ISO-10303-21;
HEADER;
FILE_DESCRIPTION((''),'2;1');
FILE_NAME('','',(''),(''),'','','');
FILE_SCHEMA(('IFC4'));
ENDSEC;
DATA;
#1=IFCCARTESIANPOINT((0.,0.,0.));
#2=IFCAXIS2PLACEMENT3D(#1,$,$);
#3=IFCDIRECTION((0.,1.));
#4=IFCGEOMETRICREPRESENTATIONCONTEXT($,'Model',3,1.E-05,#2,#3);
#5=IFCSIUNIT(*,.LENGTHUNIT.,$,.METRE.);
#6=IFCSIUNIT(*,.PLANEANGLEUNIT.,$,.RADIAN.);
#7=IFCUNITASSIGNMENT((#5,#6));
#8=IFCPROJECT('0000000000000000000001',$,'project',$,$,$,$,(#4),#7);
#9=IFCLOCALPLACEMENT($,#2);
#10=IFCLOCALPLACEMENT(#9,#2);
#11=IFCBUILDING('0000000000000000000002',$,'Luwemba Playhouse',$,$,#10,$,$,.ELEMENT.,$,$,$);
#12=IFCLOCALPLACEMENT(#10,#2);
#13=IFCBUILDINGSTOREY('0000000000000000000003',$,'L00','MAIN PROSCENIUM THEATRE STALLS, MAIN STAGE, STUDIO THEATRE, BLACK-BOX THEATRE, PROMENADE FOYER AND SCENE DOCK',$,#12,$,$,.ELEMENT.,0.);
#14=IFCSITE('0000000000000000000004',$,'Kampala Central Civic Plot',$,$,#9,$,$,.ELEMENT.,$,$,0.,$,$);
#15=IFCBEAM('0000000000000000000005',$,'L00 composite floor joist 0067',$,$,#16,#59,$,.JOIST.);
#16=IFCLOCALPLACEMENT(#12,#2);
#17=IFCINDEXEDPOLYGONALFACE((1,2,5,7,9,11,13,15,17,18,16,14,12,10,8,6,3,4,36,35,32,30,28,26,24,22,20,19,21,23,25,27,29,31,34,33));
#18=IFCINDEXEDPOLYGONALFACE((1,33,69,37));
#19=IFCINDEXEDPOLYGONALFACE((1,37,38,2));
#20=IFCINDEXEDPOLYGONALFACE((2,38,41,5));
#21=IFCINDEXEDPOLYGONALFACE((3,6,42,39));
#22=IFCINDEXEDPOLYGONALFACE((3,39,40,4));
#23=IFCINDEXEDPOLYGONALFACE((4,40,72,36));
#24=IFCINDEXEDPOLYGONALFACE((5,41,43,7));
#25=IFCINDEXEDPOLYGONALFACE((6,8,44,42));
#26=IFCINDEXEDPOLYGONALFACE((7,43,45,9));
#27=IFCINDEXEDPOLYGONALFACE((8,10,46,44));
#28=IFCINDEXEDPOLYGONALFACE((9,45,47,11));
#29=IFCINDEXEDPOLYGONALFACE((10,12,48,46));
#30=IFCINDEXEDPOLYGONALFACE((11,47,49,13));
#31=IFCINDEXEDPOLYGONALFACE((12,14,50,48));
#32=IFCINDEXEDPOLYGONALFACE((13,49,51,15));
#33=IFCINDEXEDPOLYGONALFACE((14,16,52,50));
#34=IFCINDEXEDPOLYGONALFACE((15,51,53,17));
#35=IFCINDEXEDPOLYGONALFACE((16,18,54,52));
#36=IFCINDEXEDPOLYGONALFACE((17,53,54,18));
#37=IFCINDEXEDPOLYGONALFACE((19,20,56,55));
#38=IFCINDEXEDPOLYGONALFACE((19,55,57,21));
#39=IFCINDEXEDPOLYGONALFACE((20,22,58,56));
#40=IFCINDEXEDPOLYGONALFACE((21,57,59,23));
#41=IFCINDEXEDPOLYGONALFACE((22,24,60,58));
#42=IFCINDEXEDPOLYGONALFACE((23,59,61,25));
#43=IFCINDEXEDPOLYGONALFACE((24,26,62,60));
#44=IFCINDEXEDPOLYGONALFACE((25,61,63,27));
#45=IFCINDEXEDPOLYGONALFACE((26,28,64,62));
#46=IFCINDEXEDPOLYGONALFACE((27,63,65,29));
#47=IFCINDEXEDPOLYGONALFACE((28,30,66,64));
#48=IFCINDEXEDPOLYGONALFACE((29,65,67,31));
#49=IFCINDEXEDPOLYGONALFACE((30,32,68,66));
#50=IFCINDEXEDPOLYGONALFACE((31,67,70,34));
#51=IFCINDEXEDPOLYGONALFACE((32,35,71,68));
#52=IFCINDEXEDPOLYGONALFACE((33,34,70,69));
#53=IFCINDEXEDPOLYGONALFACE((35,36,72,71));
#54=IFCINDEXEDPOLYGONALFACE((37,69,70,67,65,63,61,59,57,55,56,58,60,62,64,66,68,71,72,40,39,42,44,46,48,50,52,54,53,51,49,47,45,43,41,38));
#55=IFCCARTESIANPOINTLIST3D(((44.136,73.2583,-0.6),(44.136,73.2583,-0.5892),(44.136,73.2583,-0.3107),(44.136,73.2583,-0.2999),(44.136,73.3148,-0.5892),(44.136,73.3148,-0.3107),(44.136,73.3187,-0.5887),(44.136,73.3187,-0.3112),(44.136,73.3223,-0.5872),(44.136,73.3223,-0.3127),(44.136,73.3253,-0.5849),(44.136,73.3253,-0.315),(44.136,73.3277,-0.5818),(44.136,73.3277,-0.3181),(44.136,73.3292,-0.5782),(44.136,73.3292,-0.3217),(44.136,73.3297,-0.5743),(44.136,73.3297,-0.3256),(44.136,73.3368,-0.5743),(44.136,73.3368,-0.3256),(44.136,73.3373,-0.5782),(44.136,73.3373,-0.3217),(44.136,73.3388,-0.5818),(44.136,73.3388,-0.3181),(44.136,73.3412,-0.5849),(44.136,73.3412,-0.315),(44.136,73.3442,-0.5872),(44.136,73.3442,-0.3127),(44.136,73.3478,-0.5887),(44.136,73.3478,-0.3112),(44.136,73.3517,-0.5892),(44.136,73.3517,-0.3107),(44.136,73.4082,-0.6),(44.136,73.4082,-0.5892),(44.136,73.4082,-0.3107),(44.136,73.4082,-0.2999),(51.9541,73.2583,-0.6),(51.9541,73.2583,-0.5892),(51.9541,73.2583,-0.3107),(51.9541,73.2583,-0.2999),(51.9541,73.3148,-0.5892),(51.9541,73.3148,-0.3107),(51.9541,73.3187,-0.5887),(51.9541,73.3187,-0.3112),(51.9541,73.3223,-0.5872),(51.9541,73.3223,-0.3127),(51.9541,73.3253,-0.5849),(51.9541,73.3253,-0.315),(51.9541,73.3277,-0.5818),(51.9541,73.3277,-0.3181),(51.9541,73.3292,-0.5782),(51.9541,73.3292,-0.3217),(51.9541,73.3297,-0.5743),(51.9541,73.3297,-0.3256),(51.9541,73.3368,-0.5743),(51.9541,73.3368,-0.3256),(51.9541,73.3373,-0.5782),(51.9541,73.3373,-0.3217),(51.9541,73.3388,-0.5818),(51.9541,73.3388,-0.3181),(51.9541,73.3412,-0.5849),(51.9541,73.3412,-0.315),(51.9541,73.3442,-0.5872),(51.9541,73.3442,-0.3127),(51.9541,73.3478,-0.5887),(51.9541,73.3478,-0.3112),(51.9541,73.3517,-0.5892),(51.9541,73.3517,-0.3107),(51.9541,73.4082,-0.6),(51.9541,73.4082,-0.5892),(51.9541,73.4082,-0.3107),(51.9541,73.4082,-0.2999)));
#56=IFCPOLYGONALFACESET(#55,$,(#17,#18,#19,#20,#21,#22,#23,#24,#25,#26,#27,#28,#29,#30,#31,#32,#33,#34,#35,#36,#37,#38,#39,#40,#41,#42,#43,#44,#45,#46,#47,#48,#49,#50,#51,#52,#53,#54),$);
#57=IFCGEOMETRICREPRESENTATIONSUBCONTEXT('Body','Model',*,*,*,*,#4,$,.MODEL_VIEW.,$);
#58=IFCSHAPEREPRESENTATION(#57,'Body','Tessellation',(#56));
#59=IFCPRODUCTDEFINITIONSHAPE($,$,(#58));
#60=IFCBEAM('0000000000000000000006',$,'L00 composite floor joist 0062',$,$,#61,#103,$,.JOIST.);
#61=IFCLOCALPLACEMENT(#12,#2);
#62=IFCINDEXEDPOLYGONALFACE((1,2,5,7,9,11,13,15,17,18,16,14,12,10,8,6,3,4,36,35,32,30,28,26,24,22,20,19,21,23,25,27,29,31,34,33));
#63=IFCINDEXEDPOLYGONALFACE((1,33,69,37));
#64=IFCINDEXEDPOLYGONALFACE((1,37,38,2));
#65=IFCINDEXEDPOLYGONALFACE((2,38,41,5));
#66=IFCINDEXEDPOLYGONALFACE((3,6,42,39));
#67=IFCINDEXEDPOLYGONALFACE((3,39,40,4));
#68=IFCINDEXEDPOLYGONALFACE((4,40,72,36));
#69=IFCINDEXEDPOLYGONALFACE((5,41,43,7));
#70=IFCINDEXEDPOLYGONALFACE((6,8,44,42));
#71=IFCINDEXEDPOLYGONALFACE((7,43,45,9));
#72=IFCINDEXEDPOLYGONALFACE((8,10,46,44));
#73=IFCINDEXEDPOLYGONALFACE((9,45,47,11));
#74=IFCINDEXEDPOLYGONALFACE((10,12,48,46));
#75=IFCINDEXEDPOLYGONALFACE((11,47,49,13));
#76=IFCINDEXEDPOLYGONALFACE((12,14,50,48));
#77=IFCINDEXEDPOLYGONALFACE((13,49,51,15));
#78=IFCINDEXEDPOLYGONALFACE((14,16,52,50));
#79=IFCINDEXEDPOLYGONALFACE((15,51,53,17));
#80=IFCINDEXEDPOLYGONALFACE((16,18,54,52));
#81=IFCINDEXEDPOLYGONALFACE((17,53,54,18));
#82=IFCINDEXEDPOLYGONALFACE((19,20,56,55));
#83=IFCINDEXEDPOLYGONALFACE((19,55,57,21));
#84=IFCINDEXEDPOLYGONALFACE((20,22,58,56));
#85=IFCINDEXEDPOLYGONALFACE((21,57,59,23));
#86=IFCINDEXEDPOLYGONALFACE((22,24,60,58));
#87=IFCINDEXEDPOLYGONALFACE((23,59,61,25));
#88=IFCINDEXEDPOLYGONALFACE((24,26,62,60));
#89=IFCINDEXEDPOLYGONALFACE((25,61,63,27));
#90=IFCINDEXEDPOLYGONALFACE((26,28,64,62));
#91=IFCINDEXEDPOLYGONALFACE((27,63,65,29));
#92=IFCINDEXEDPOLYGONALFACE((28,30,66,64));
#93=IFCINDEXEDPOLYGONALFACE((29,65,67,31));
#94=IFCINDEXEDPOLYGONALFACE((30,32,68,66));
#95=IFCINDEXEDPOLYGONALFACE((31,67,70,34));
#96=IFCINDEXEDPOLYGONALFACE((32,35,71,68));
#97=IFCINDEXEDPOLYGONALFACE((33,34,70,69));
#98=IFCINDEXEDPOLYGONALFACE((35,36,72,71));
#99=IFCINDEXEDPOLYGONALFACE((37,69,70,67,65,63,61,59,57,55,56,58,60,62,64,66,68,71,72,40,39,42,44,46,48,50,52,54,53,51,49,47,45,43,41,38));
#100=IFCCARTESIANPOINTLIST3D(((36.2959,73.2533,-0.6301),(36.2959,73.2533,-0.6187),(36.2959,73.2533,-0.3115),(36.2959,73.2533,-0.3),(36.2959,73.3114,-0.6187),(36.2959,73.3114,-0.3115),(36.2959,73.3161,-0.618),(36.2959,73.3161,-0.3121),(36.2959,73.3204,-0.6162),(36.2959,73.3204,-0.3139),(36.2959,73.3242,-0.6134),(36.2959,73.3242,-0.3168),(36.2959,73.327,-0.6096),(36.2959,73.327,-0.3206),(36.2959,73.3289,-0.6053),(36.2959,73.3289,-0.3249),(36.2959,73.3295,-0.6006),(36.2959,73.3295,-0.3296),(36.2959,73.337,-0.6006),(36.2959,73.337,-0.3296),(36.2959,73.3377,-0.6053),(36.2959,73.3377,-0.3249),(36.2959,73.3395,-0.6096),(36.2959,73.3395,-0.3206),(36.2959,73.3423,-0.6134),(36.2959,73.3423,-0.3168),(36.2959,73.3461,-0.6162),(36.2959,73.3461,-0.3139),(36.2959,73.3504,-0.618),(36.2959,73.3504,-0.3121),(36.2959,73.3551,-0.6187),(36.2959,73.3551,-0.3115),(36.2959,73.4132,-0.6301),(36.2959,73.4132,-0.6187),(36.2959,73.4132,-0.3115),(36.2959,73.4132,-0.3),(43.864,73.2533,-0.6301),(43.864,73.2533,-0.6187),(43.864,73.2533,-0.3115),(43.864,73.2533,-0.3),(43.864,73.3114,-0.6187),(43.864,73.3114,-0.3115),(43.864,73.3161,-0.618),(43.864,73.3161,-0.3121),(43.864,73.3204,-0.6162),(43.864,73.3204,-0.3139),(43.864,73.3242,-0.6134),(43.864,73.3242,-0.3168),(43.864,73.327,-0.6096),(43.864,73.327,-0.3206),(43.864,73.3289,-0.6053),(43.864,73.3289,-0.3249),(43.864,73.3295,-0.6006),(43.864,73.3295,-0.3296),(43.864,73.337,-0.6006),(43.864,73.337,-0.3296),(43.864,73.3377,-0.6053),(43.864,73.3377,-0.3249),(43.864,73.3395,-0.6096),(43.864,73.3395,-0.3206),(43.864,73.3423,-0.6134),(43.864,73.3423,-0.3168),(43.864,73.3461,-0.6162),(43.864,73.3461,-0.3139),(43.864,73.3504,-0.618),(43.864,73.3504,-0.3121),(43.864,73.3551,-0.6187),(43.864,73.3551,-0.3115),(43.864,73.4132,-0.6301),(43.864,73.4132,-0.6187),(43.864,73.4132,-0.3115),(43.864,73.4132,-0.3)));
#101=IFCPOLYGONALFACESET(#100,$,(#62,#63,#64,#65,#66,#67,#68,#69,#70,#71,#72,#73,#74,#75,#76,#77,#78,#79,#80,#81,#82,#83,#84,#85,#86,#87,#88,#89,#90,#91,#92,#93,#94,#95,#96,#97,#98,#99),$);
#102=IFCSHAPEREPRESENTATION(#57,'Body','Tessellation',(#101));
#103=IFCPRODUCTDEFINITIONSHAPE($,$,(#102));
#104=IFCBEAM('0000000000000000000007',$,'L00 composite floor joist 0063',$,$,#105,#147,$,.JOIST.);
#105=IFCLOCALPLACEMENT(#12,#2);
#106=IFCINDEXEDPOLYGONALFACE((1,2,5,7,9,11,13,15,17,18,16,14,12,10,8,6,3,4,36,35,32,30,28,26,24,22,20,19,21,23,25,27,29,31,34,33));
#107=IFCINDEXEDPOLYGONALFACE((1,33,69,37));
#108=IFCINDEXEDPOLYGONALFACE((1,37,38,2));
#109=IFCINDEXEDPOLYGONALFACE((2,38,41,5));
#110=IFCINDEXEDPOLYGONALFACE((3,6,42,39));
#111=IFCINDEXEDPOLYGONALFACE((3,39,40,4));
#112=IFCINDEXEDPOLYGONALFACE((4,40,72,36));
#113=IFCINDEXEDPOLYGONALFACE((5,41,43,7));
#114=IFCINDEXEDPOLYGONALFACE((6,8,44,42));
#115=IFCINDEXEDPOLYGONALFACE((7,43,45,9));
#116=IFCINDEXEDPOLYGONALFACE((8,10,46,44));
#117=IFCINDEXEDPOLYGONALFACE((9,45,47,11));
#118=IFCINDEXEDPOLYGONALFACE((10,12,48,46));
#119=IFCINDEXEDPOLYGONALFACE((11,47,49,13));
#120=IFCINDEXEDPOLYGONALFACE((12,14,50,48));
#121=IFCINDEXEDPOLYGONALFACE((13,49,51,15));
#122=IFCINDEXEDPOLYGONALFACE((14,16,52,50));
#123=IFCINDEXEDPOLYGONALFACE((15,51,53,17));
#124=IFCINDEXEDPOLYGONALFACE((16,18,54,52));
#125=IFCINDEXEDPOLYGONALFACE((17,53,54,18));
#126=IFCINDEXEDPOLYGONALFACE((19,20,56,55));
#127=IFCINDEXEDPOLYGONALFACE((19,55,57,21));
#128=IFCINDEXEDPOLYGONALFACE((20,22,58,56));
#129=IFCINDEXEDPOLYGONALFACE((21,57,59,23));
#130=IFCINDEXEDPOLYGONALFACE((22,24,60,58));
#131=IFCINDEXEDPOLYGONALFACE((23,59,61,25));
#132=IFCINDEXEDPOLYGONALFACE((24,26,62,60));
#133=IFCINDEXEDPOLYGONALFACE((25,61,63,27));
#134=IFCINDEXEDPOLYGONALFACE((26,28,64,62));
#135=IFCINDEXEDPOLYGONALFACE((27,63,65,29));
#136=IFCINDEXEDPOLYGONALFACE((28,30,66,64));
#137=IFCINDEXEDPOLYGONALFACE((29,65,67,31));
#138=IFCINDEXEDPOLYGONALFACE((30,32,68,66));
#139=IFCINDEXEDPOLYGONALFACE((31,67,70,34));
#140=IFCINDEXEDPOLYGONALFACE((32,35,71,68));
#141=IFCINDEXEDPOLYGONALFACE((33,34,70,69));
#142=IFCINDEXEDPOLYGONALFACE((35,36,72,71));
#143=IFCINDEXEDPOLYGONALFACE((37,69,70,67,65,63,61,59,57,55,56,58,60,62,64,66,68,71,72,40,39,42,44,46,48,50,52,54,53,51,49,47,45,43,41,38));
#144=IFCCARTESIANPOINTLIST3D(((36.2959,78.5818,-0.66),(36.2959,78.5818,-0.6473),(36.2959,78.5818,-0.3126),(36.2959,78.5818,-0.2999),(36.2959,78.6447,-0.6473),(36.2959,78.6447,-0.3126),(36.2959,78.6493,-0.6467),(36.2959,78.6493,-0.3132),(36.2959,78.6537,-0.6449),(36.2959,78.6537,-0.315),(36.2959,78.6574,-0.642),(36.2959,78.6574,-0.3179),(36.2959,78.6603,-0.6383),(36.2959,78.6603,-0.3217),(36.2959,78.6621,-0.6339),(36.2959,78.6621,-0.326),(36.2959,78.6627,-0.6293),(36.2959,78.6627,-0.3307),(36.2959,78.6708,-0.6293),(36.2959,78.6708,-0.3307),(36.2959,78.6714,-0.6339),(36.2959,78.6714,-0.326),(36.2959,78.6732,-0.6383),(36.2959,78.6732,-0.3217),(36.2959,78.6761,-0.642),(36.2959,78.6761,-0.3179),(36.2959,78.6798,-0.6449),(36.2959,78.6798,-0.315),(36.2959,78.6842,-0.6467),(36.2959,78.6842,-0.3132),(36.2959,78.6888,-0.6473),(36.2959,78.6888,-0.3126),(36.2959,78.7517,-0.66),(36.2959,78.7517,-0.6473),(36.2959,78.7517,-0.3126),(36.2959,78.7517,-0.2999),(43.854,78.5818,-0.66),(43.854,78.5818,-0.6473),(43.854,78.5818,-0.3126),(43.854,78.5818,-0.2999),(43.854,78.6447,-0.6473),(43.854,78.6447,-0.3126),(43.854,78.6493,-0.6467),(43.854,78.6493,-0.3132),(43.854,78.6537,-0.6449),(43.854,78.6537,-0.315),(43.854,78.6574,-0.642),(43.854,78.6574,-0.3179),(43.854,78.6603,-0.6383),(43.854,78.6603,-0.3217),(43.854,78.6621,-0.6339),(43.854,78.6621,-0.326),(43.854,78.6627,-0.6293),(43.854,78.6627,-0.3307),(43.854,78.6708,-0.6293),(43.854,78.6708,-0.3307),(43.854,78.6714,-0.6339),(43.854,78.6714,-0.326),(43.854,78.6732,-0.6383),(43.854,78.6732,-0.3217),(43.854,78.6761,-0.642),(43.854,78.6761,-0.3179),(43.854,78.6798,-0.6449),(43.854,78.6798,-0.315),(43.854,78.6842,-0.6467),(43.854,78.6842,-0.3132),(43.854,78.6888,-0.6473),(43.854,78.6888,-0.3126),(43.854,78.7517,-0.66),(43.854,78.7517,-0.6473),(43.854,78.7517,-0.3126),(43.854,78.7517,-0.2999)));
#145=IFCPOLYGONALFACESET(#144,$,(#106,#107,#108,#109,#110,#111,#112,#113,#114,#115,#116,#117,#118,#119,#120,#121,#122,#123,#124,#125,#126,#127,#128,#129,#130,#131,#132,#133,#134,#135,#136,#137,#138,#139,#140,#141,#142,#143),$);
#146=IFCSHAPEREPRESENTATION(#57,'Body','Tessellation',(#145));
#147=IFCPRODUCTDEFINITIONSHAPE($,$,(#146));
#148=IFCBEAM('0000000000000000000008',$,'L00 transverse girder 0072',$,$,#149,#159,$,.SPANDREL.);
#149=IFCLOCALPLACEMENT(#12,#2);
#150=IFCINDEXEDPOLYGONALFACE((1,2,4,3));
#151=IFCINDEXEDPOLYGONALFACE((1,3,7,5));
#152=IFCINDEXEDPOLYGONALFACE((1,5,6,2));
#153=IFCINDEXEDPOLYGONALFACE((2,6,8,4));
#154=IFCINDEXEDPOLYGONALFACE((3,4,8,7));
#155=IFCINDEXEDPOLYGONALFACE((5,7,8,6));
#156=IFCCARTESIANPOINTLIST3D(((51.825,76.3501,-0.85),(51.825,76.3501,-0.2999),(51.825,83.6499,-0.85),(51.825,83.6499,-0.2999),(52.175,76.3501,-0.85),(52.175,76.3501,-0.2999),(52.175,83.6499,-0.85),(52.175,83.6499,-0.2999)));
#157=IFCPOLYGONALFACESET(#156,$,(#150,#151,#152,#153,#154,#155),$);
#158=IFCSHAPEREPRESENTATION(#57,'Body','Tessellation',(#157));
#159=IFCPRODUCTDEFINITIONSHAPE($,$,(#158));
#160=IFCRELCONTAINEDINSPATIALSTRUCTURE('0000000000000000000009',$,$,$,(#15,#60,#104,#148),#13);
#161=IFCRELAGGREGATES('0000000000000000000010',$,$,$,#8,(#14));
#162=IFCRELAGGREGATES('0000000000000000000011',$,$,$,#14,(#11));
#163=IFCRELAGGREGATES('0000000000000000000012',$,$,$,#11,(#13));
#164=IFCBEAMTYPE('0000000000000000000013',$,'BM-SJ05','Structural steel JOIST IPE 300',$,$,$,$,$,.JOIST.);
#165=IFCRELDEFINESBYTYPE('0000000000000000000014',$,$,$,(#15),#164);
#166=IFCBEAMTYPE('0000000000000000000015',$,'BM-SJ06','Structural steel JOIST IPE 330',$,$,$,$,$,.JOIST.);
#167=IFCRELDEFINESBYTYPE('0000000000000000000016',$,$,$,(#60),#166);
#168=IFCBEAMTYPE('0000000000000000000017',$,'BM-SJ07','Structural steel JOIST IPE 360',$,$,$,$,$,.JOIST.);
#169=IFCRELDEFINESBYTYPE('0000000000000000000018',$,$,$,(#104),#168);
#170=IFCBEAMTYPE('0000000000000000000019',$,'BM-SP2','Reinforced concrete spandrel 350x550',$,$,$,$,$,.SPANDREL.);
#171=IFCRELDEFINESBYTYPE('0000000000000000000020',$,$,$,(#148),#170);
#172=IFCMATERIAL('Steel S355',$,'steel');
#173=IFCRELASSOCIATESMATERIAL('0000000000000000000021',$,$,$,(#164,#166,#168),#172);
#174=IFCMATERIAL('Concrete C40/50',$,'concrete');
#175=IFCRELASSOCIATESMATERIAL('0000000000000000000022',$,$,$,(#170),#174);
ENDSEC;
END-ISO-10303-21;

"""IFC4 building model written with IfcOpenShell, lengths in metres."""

from ifc_helpers import new_model, si_unit, direction, frame, origin, origin_2d, place, context, subcontext, project, spatial, rectangle, i_section, extrude, material, material_profile, profile_set, type_object, element, save


model = new_model("IFC4")

# Units and contexts
model_context = context("Model", 3, precision=1e-05, world=origin(), true_north=direction((0.0, 1.0)))
body_context = subcontext(model_context, "Body", "Model", "MODEL_VIEW")
ifc_project = project(units=[si_unit("LENGTHUNIT", "METRE"), si_unit("PLANEANGLEUNIT", "RADIAN")], contexts=[model_context])

# Site, building, storey
site_placement = place(None, origin())
site = spatial("IfcSite", under=ifc_project, at=site_placement, Name="Kampala Central Civic Plot", CompositionType="ELEMENT", RefElevation=0.0)
building_placement = place(site_placement, origin())
building = spatial("IfcBuilding", under=site, at=building_placement, Name="Luwemba Playhouse", CompositionType="ELEMENT")
storey_placement = place(building_placement, origin())
storey = spatial("IfcBuildingStorey", under=building, at=storey_placement, Name="L00", Description="MAIN PROSCENIUM THEATRE STALLS, MAIN STAGE, STUDIO THEATRE, BLACK-BOX THEATRE, PROMENADE FOYER AND SCENE DOCK", CompositionType="ELEMENT", Elevation=0.0)

# Shared definitions
ifc_material_1 = material(Name="Concrete C40/50", Category="concrete")

# Beams
ifc_material_2 = material(Name="Steel S355", Category="steel")
ifc_material_profile_1 = material_profile(ifc_material_2, i_section(OverallWidth=0.1499, OverallDepth=0.3, WebThickness=0.0071, FlangeThickness=0.0107, FilletRadius=0.0149, at=origin_2d()))
ifc_profile_set_1 = profile_set([ifc_material_profile_1], Name="Steel S355")
beam_type_1 = type_object("IfcBeamType", Name="BM-SJ05", Description="Structural steel JOIST IPE 300", PredefinedType="JOIST", material=ifc_profile_set_1)
beam_1_placement = place(storey_placement, frame((44.136, 73.3333, -0.45), z_axis=(1.0, 0.0, 0.0), x_axis=(0.0, 1.0, 0.0)))
element("IfcBeam", 1, at=beam_1_placement, inside=storey, type_object=beam_type_1, Name="L00 composite floor joist 0067", PredefinedType="JOIST", context=body_context, shape_type="SweptSolid", body=[
    extrude(i_section(OverallWidth=0.1499, OverallDepth=0.3, WebThickness=0.0071, FlangeThickness=0.0107, FilletRadius=0.0149, at=origin_2d()), origin(), (0.0, 0.0, 1.0), 7.8181),
])
ifc_material_profile_2 = material_profile(ifc_material_2, i_section(OverallWidth=0.1599, OverallDepth=0.3301, WebThickness=0.0076, FlangeThickness=0.0115, FilletRadius=0.0181, at=origin_2d()))
ifc_profile_set_2 = profile_set([ifc_material_profile_2], Name="Steel S355")
beam_type_2 = type_object("IfcBeamType", Name="BM-SJ06", Description="Structural steel JOIST IPE 330", PredefinedType="JOIST", material=ifc_profile_set_2)
beam_2_placement = place(storey_placement, frame((36.2959, 73.3333, -0.4651), z_axis=(1.0, 0.0, 0.0), x_axis=(0.0, 1.0, 0.0)))
element("IfcBeam", 2, at=beam_2_placement, inside=storey, type_object=beam_type_2, Name="L00 composite floor joist 0062", PredefinedType="JOIST", context=body_context, shape_type="SweptSolid", body=[
    extrude(i_section(OverallWidth=0.1599, OverallDepth=0.3301, WebThickness=0.0076, FlangeThickness=0.0115, FilletRadius=0.0181, at=origin_2d()), origin(), (0.0, 0.0, 1.0), 7.5681),
])
ifc_material_profile_3 = material_profile(ifc_material_2, i_section(OverallWidth=0.1699, OverallDepth=0.3601, WebThickness=0.0081, FlangeThickness=0.0127, FilletRadius=0.0181, at=origin_2d()))
ifc_profile_set_3 = profile_set([ifc_material_profile_3], Name="Steel S355")
beam_type_3 = type_object("IfcBeamType", Name="BM-SJ07", Description="Structural steel JOIST IPE 360", PredefinedType="JOIST", material=ifc_profile_set_3)
beam_3_placement = place(storey_placement, frame((36.2959, 78.6667, -0.48), z_axis=(1.0, 0.0, 0.0), x_axis=(0.0, 1.0, 0.0)))
element("IfcBeam", 3, at=beam_3_placement, inside=storey, type_object=beam_type_3, Name="L00 composite floor joist 0063", PredefinedType="JOIST", context=body_context, shape_type="SweptSolid", body=[
    extrude(i_section(OverallWidth=0.1699, OverallDepth=0.3601, WebThickness=0.0081, FlangeThickness=0.0127, FilletRadius=0.0181, at=origin_2d()), origin(), (0.0, 0.0, 1.0), 7.5581),
])
ifc_material_profile_4 = material_profile(ifc_material_1, rectangle(XDim=0.3501, YDim=0.55, at=origin_2d()))
ifc_profile_set_4 = profile_set([ifc_material_profile_4], Name="Concrete C40/50")
beam_type_4 = type_object("IfcBeamType", Name="BM-SP2", Description="Reinforced concrete spandrel 350x550", PredefinedType="SPANDREL", material=ifc_profile_set_4)
beam_4_placement = place(storey_placement, frame((52.0, 76.3501, -0.575), z_axis=(0.0, 1.0, 0.0), x_axis=(-1.0, 0.0, 0.0)))
element("IfcBeam", 4, at=beam_4_placement, inside=storey, type_object=beam_type_4, Name="L00 transverse girder 0072", PredefinedType="SPANDREL", context=body_context, shape_type="SweptSolid", body=[
    extrude(rectangle(XDim=0.3501, YDim=0.55, at=origin_2d()), origin(), (0.0, 0.0, 1.0), 7.2998),
])

save(model, "model.ifc")
